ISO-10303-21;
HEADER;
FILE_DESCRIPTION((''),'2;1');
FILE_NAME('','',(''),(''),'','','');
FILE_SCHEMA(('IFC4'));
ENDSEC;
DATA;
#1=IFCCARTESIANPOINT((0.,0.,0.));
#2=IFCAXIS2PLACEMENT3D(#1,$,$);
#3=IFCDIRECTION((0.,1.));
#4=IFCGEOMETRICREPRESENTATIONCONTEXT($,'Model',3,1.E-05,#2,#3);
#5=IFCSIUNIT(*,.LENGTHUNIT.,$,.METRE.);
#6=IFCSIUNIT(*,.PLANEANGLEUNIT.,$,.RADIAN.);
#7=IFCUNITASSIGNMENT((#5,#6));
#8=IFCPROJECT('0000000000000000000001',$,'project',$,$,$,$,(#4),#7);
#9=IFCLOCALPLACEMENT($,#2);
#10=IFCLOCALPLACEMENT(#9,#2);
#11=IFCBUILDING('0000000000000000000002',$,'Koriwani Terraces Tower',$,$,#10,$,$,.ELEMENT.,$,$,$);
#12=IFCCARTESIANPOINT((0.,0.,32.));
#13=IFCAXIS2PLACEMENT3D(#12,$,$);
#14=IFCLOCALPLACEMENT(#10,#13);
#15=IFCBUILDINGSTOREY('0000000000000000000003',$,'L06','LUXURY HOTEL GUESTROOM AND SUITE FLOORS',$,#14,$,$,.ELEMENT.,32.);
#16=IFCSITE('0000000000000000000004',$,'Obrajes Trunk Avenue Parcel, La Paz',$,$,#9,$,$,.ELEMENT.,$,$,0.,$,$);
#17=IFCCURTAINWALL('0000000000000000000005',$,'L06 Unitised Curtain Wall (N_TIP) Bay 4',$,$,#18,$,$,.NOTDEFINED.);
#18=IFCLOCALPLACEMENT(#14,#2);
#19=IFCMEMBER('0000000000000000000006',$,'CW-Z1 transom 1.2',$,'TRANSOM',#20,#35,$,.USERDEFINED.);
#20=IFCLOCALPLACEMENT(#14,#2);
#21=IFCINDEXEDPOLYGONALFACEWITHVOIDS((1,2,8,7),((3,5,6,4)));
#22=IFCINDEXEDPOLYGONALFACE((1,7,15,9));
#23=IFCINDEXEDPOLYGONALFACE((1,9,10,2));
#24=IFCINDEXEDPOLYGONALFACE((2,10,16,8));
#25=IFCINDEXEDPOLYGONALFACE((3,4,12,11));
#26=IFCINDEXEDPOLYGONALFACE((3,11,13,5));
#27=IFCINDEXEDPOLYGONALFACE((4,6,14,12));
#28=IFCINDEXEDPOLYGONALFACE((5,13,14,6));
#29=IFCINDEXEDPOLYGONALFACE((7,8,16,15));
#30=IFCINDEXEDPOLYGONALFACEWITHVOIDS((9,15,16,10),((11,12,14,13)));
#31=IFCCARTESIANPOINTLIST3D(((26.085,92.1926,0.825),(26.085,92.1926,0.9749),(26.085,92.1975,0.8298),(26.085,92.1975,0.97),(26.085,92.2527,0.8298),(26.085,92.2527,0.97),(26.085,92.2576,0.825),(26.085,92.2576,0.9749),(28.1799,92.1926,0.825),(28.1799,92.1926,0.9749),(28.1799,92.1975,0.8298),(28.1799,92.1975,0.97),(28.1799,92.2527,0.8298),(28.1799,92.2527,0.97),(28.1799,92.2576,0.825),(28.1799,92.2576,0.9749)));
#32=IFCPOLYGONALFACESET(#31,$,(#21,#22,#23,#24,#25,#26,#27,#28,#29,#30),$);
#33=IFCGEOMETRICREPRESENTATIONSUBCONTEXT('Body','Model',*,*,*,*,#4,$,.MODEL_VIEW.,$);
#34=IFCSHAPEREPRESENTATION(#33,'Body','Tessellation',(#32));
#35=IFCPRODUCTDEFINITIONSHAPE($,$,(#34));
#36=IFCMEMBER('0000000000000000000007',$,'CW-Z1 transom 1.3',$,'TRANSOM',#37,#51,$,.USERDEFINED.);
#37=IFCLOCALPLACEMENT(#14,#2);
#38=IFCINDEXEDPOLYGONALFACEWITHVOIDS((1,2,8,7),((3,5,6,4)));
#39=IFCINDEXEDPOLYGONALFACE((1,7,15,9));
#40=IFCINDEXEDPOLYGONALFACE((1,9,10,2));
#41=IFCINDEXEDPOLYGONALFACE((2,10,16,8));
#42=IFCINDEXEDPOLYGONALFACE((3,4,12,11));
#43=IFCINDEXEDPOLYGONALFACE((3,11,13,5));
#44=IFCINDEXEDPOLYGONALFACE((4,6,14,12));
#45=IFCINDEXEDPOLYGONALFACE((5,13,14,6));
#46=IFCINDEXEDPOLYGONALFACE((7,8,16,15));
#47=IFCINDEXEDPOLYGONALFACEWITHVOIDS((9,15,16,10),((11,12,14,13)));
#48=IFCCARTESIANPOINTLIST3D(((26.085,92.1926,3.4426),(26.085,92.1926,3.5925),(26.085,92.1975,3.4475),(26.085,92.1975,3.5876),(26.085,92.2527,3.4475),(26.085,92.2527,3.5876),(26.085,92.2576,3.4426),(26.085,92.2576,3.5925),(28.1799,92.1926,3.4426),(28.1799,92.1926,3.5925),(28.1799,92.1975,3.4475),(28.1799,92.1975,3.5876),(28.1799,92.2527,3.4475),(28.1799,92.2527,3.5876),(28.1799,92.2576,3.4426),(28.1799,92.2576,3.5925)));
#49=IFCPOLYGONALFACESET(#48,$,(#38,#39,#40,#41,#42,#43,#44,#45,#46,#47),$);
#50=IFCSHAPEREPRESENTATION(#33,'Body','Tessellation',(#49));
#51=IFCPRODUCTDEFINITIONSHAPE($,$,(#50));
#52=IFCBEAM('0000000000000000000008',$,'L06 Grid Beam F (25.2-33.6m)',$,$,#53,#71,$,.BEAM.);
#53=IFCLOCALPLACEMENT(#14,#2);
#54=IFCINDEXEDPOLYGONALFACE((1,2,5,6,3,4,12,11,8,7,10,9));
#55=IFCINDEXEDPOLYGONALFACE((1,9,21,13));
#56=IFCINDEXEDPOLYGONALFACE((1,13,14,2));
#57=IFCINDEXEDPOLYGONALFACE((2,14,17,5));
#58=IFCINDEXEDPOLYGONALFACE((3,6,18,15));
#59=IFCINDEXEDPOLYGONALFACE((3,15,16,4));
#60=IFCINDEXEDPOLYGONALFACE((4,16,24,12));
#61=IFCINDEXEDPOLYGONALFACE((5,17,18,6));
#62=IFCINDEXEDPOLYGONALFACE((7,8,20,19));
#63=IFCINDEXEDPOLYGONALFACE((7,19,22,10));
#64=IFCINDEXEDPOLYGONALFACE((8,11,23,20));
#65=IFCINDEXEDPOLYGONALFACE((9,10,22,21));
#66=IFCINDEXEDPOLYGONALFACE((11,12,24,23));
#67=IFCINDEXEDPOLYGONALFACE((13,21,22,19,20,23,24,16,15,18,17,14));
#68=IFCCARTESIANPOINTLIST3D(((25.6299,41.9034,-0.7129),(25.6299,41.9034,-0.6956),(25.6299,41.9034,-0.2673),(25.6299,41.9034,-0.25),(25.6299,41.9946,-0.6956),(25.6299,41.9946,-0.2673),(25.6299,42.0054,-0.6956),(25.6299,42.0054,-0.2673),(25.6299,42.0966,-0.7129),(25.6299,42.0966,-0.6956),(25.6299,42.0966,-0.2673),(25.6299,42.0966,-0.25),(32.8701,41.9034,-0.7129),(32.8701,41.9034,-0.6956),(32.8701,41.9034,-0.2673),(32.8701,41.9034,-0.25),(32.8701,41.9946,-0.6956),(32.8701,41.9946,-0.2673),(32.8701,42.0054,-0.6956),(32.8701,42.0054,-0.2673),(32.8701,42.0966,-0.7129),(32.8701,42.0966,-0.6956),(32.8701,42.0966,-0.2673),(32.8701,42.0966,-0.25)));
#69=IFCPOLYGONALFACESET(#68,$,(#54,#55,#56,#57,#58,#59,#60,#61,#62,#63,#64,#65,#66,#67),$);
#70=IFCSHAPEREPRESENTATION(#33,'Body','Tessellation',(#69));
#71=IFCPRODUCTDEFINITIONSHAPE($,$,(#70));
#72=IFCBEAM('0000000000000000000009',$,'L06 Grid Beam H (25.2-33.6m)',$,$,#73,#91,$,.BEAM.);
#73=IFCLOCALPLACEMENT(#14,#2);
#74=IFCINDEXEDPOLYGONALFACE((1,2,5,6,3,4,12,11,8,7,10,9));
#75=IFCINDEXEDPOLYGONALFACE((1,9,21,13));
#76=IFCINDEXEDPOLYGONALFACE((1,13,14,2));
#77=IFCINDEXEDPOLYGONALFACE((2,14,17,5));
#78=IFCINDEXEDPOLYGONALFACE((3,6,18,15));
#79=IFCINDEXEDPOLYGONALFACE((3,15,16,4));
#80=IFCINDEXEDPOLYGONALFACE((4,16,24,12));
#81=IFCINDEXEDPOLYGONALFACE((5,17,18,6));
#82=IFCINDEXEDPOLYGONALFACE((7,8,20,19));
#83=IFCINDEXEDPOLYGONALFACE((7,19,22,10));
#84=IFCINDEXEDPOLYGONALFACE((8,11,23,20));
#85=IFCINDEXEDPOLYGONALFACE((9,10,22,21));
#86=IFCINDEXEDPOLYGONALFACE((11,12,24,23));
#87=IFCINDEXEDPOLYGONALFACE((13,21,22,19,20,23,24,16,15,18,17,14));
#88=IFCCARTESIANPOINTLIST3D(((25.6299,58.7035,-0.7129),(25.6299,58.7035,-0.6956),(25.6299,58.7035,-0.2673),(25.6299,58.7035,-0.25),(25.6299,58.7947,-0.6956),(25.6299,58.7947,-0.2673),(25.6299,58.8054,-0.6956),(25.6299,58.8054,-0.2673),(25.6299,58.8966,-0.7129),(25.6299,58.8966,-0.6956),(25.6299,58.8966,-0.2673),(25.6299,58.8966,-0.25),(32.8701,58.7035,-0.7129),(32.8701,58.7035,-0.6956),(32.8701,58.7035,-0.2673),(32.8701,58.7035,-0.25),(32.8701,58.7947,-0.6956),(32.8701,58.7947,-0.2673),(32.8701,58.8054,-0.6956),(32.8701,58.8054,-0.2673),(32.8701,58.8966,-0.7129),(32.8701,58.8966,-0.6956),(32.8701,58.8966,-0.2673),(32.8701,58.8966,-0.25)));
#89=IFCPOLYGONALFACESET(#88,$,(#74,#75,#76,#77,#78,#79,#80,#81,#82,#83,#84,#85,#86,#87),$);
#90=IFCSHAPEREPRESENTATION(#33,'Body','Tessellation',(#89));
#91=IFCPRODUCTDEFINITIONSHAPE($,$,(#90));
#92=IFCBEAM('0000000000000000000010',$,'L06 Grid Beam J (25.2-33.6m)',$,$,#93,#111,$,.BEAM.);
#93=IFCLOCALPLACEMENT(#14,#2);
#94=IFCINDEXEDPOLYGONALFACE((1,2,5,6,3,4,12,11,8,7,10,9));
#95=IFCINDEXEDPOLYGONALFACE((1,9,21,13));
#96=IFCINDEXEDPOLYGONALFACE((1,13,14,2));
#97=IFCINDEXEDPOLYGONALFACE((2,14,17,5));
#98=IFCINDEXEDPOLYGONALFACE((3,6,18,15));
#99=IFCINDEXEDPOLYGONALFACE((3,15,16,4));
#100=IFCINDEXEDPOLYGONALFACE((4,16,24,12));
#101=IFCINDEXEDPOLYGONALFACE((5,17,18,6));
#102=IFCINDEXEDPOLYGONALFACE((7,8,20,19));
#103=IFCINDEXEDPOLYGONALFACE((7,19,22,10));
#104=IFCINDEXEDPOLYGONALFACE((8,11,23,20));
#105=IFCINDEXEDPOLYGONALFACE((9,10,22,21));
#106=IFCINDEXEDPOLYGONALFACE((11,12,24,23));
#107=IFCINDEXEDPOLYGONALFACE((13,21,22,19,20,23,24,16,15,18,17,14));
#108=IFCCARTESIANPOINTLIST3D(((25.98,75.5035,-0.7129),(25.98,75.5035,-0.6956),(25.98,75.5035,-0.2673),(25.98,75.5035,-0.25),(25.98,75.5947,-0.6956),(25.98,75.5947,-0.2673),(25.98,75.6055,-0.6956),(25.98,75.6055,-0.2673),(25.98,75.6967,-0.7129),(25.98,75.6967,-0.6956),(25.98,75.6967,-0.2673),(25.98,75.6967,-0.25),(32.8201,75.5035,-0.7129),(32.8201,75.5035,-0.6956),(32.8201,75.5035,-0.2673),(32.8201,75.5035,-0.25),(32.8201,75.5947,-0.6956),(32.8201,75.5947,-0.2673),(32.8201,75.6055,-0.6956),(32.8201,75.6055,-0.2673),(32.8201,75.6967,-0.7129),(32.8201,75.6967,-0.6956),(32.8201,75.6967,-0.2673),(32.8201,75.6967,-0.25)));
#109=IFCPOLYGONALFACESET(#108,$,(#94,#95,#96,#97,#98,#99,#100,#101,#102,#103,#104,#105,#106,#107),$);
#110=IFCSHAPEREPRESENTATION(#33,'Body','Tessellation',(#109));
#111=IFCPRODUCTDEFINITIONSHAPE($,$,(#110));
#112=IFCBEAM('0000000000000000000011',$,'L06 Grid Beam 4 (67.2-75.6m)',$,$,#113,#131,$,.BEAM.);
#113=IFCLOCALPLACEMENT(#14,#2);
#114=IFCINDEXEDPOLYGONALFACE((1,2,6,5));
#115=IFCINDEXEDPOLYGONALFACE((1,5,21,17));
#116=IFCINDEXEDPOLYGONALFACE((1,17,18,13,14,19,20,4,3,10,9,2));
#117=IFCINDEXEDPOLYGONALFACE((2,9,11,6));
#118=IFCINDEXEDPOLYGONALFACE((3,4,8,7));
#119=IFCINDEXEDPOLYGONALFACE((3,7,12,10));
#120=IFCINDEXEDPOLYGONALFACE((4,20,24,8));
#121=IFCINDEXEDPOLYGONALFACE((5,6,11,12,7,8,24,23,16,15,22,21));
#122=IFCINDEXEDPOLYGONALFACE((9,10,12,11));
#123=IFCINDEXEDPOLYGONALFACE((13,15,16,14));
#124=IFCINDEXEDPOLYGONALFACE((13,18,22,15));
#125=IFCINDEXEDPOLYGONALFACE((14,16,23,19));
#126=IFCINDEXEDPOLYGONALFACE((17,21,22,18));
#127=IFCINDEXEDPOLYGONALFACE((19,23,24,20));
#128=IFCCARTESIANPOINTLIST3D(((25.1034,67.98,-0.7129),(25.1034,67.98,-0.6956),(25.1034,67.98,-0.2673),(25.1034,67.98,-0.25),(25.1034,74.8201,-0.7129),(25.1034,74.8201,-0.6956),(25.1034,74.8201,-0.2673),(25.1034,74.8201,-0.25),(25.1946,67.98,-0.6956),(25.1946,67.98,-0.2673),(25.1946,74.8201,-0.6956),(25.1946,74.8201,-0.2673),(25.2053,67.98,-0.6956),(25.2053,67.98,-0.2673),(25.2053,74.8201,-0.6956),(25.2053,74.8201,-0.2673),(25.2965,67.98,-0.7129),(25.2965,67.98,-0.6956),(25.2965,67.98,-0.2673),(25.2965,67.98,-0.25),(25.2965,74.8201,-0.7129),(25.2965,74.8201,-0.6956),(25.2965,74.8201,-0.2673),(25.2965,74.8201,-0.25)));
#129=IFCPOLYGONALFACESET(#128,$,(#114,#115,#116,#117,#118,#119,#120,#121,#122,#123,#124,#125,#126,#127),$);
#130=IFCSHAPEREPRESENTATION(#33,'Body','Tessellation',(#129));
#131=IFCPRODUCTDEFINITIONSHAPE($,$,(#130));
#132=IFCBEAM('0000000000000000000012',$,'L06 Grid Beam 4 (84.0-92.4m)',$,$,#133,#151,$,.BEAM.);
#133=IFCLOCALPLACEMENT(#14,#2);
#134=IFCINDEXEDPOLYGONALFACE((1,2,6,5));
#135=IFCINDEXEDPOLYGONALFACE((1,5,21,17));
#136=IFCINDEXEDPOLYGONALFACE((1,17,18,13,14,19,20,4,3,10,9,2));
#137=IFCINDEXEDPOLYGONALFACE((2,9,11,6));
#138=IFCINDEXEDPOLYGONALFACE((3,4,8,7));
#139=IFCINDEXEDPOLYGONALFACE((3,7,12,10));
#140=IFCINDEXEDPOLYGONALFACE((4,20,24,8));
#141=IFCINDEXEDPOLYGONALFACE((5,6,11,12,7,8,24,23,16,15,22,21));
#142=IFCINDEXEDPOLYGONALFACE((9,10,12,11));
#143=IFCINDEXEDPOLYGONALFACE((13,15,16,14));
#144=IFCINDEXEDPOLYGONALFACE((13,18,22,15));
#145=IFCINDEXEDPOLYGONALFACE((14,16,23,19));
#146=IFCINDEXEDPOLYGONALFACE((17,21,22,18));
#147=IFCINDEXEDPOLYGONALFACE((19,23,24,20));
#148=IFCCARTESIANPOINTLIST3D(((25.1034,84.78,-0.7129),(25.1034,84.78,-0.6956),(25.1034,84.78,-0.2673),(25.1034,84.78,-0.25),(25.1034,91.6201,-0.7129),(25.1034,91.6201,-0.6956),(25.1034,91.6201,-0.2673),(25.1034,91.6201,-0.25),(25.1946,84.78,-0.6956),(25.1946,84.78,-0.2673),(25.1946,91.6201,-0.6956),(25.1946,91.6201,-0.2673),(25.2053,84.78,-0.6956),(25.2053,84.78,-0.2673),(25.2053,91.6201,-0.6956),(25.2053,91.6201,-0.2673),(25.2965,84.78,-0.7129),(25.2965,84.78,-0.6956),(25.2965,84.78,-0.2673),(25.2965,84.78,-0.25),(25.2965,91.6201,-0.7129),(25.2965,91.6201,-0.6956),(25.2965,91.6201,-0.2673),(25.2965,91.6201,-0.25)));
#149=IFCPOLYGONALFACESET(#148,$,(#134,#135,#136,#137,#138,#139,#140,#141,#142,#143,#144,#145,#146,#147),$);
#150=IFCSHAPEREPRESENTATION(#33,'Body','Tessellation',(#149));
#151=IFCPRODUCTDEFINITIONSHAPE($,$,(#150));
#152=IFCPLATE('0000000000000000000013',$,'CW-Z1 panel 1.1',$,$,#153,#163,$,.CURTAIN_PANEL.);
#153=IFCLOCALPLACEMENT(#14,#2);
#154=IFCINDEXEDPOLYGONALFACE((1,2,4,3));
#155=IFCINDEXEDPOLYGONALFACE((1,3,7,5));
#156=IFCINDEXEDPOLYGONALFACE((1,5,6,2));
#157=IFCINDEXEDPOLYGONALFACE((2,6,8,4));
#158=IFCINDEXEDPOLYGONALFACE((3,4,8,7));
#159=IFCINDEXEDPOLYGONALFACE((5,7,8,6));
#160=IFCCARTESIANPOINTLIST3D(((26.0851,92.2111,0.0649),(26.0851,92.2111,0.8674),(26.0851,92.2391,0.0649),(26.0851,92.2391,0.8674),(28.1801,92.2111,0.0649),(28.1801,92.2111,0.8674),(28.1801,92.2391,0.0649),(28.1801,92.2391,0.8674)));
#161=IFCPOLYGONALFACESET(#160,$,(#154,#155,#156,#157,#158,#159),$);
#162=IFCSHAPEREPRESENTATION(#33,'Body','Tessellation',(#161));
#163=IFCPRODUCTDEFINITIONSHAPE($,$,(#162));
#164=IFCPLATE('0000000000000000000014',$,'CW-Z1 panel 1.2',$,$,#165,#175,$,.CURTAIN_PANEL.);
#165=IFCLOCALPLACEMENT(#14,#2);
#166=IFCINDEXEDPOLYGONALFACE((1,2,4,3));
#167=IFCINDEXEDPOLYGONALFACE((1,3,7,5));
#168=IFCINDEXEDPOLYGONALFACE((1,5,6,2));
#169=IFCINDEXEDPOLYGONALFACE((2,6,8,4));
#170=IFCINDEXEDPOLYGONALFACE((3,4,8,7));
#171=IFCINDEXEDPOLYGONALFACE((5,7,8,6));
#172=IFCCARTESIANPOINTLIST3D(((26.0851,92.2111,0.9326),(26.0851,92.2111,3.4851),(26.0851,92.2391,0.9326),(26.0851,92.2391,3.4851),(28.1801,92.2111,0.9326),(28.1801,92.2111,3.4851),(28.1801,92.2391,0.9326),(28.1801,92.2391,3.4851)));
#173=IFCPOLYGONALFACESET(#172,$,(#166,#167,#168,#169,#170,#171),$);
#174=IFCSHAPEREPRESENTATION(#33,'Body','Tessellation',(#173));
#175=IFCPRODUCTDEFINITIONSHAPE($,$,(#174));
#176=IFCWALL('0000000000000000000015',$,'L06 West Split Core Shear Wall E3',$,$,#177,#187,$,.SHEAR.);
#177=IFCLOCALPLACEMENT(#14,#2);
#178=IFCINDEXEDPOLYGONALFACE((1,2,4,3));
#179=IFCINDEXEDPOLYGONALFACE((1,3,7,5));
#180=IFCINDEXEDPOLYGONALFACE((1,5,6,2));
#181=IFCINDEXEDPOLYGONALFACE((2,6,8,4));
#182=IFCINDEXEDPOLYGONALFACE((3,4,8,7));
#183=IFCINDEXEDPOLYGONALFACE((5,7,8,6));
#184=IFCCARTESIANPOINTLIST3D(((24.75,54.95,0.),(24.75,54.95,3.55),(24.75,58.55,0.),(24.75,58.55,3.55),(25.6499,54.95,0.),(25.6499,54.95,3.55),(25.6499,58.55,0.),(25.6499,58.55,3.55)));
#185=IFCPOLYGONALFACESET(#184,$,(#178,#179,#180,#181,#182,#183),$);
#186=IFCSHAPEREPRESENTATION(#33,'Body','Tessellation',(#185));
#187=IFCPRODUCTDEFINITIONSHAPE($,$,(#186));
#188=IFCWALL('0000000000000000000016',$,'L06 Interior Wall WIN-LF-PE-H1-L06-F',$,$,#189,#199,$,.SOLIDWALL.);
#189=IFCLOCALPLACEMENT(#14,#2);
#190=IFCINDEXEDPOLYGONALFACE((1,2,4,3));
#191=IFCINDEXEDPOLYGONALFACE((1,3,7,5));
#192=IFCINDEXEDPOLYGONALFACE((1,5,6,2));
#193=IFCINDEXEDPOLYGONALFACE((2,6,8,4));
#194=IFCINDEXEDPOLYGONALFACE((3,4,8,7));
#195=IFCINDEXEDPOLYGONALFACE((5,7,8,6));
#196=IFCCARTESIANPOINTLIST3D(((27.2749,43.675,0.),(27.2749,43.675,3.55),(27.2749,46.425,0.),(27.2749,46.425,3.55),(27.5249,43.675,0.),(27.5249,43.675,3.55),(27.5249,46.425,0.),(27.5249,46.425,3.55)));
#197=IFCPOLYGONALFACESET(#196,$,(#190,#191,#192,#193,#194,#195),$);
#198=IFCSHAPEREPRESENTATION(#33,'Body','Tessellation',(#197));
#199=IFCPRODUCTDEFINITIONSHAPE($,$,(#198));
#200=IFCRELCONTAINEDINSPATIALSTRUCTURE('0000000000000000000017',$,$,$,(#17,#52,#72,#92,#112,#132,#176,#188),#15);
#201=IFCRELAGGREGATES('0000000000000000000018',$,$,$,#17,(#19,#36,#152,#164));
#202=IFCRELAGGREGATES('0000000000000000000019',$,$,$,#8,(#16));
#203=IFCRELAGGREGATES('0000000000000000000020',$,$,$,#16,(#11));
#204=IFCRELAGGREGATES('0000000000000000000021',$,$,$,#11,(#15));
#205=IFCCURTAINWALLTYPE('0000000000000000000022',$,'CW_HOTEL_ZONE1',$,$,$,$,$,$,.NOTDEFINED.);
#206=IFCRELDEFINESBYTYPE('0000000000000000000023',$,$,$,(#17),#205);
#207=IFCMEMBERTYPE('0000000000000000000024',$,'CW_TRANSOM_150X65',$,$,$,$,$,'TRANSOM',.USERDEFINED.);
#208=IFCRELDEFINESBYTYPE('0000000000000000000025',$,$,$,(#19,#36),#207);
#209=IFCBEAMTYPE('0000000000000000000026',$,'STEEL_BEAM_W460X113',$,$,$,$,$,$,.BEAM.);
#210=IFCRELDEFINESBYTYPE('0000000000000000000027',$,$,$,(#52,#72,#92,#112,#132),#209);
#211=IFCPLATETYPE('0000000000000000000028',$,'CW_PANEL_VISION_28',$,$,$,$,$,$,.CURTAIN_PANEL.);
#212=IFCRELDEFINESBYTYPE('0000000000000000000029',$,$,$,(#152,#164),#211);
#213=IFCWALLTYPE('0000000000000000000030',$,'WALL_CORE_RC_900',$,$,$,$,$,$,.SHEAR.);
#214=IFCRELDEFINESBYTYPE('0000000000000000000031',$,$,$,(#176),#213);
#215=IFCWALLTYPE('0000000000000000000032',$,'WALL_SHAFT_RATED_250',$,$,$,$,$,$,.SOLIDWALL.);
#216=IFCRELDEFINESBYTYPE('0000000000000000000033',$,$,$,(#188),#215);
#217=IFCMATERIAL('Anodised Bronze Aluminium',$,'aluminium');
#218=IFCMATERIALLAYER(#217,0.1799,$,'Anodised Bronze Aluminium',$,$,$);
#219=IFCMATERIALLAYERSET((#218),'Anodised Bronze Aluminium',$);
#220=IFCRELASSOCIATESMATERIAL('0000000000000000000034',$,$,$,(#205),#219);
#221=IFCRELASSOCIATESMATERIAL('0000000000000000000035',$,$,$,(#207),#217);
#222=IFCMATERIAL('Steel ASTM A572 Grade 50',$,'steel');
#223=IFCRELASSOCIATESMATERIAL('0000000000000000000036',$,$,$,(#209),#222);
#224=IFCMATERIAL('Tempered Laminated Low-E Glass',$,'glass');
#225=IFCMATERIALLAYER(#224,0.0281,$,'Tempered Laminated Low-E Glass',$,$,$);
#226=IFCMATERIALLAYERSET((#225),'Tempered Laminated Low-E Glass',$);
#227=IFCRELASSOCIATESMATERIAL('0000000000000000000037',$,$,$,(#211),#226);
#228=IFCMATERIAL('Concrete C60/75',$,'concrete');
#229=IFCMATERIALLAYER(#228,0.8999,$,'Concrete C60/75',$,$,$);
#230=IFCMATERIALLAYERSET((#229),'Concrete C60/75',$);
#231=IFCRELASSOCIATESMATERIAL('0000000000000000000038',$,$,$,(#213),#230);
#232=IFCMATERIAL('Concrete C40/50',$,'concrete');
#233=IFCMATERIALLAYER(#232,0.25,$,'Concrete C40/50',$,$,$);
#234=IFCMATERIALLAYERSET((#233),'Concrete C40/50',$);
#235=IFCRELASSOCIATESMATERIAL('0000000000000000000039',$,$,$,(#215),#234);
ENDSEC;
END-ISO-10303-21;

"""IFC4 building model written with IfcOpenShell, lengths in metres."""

from ifc_helpers import new_model, si_unit, direction, frame, frame_2d, origin, origin_2d, place, context, subcontext, project, spatial, rectangle, hollow_rectangle, i_section, extrude, material, layer, layer_set, material_profile, profile_set, type_object, element, aggregate, save


model = new_model("IFC4")

# Units and contexts
model_context = context("Model", 3, precision=1e-05, world=origin(), true_north=direction((0.0, 1.0)))
body_context = subcontext(model_context, "Body", "Model", "MODEL_VIEW")
ifc_project = project(units=[si_unit("LENGTHUNIT", "METRE"), si_unit("PLANEANGLEUNIT", "RADIAN")], contexts=[model_context])

# Site, building, storey
site_placement = place(None, origin())
site = spatial("IfcSite", under=ifc_project, at=site_placement, Name="Obrajes Trunk Avenue Parcel, La Paz", CompositionType="ELEMENT", RefElevation=0.0)
building_placement = place(site_placement, origin())
building = spatial("IfcBuilding", under=site, at=building_placement, Name="Koriwani Terraces Tower", CompositionType="ELEMENT")
storey_placement = place(building_placement, frame((0.0, 0.0, 32.0)))
storey = spatial("IfcBuildingStorey", under=building, at=storey_placement, Name="L06", Description="LUXURY HOTEL GUESTROOM AND SUITE FLOORS", CompositionType="ELEMENT", Elevation=32.0)

# Shared definitions
ifc_material_1 = material(Name="Concrete C60/75", Category="concrete")

# Curtain wall, members
ifc_material_2 = material(Name="Anodised Bronze Aluminium", Category="aluminium")
ifc_layer_1 = layer(ifc_material_2, 0.1799, Name="Anodised Bronze Aluminium")
ifc_layer_set_1 = layer_set([ifc_layer_1], Name="Anodised Bronze Aluminium")
curtain_wall_type = type_object("IfcCurtainWallType", Name="CW_HOTEL_ZONE1", PredefinedType="NOTDEFINED", material=ifc_layer_set_1)
curtain_wall_placement = place(storey_placement, origin())
curtain_wall = element("IfcCurtainWall", 1, at=curtain_wall_placement, inside=storey, type_object=curtain_wall_type, Name="L06 Unitised Curtain Wall (N_TIP) Bay 4", PredefinedType="NOTDEFINED")
ifc_material_profile_1 = material_profile(ifc_material_2, hollow_rectangle(XDim=0.0649, YDim=0.1499, WallThickness=0.0049, at=origin_2d()), Name="Anodised Bronze Aluminium", Category="LoadBearing")
ifc_profile_set_1 = profile_set([ifc_material_profile_1], Name="Anodised Bronze Aluminium")
member_type_1 = type_object("IfcMemberType", Name="CW_TRANSOM_150X65", ElementType="TRANSOM", PredefinedType="USERDEFINED", material=ifc_profile_set_1)
member_1_placement = place(storey_placement, frame((26.085, 92.2251, 0.8999), z_axis=(1.0, 0.0, 0.0), x_axis=(0.0, 1.0, 0.0)))
member_1 = element("IfcMember", 2, at=member_1_placement, type_object=member_type_1, Name="CW-Z1 transom 1.2", ObjectType="TRANSOM", PredefinedType="USERDEFINED", context=body_context, shape_type="SweptSolid", body=[
    extrude(hollow_rectangle(XDim=0.0649, YDim=0.1499, WallThickness=0.0049, at=origin_2d()), origin(), (0.0, 0.0, 1.0), 2.095),
])
member_2_placement = place(storey_placement, frame((26.085, 92.2251, 3.5176), z_axis=(1.0, 0.0, 0.0), x_axis=(0.0, 1.0, 0.0)))
member_2 = element("IfcMember", 3, at=member_2_placement, type_object=member_type_1, Name="CW-Z1 transom 1.3", ObjectType="TRANSOM", PredefinedType="USERDEFINED", context=body_context, shape_type="SweptSolid", body=[
    extrude(hollow_rectangle(XDim=0.0649, YDim=0.1499, WallThickness=0.0049, at=origin_2d()), origin(), (0.0, 0.0, 1.0), 2.095),
])

# Beams
ifc_material_3 = material(Name="Steel ASTM A572 Grade 50", Category="steel")
ifc_material_profile_2 = material_profile(ifc_material_3, i_section(OverallWidth=0.1931, OverallDepth=0.4629, WebThickness=0.0107, FlangeThickness=0.0173, at=origin_2d()), Name="Steel ASTM A572 Grade 50", Category="LoadBearing")
ifc_profile_set_2 = profile_set([ifc_material_profile_2], Name="Steel ASTM A572 Grade 50")
beam_type_1 = type_object("IfcBeamType", Name="STEEL_BEAM_W460X113", PredefinedType="BEAM", material=ifc_profile_set_2)
for number, where, z_axis, x_axis, name in (
    (4, (25.6299, 42.0, -0.4814), (1.0, 0.0, 0.0), (0.0, 1.0, 0.0), "L06 Grid Beam F (25.2-33.6m)"),
    (5, (25.6299, 58.8, -0.4814), (1.0, 0.0, 0.0), (0.0, 1.0, 0.0), "L06 Grid Beam H (25.2-33.6m)"),
):
    element("IfcBeam", number, at=place(storey_placement, frame(where, z_axis=z_axis, x_axis=x_axis)), inside=storey, type_object=beam_type_1, Name=name, PredefinedType="BEAM", context=body_context, shape_type="SweptSolid", body=[
        extrude(i_section(OverallWidth=0.1931, OverallDepth=0.4629, WebThickness=0.0107, FlangeThickness=0.0173, at=origin_2d()), origin(), (0.0, 0.0, 1.0), 7.2402),
    ])
for number, where, z_axis, x_axis, name in (
    (6, (25.98, 75.6001, -0.4814), (1.0, 0.0, 0.0), (0.0, 1.0, 0.0), "L06 Grid Beam J (25.2-33.6m)"),
    (7, (25.2, 67.98, -0.4814), (0.0, 1.0, 0.0), (-1.0, 0.0, 0.0), "L06 Grid Beam 4 (67.2-75.6m)"),
    (8, (25.2, 84.78, -0.4814), (0.0, 1.0, 0.0), (-1.0, 0.0, 0.0), "L06 Grid Beam 4 (84.0-92.4m)"),
):
    element("IfcBeam", number, at=place(storey_placement, frame(where, z_axis=z_axis, x_axis=x_axis)), inside=storey, type_object=beam_type_1, Name=name, PredefinedType="BEAM", context=body_context, shape_type="SweptSolid", body=[
        extrude(i_section(OverallWidth=0.1931, OverallDepth=0.4629, WebThickness=0.0107, FlangeThickness=0.0173, at=origin_2d()), origin(), (0.0, 0.0, 1.0), 6.8401),
    ])

# Plates
ifc_material_4 = material(Name="Tempered Laminated Low-E Glass", Category="glass")
ifc_layer_2 = layer(ifc_material_4, 0.0281, Name="Tempered Laminated Low-E Glass")
ifc_layer_set_2 = layer_set([ifc_layer_2], Name="Tempered Laminated Low-E Glass")
plate_type = type_object("IfcPlateType", Name="CW_PANEL_VISION_28", PredefinedType="CURTAIN_PANEL", material=ifc_layer_set_2)
plate_1_placement = place(storey_placement, frame((27.1326, 92.2251, 0.0649), z_axis=(0.0, 0.0, 1.0), x_axis=(1.0, 0.0, 0.0)))
plate_1 = element("IfcPlate", 9, at=plate_1_placement, type_object=plate_type, Name="CW-Z1 panel 1.1", PredefinedType="CURTAIN_PANEL", context=body_context, shape_type="SweptSolid", body=[
    extrude(rectangle(XDim=2.095, YDim=0.0281, at=origin_2d()), origin(), (0.0, 0.0, 1.0), 0.8025),
])
plate_2_placement = place(storey_placement, frame((27.1326, 92.2251, 0.9326), z_axis=(0.0, 0.0, 1.0), x_axis=(1.0, 0.0, 0.0)))
plate_2 = element("IfcPlate", 10, at=plate_2_placement, type_object=plate_type, Name="CW-Z1 panel 1.2", PredefinedType="CURTAIN_PANEL", context=body_context, shape_type="SweptSolid", body=[
    extrude(rectangle(XDim=2.095, YDim=0.0281, at=origin_2d()), origin(), (0.0, 0.0, 1.0), 2.5525),
])
aggregate(curtain_wall, [member_1, member_2, plate_1, plate_2])

# Wall
ifc_layer_3 = layer(ifc_material_1, 0.8999, Name="Concrete C60/75")
ifc_layer_set_3 = layer_set([ifc_layer_3], Name="Concrete C60/75")
wall_type_1 = type_object("IfcWallType", Name="WALL_CORE_RC_900", PredefinedType="SHEAR", material=ifc_layer_set_3)
wall_1_placement = place(storey_placement, frame((25.2, 54.95, 0.0), z_axis=(0.0, 0.0, 1.0), x_axis=(0.0, 1.0, 0.0)))
element("IfcWall", 11, at=wall_1_placement, inside=storey, type_object=wall_type_1, Name="L06 West Split Core Shear Wall E3", PredefinedType="SHEAR", context=body_context, shape_type="SweptSolid", body=[
    extrude(rectangle(XDim=3.6001, YDim=0.8999, at=frame_2d((1.8, 0.0))), origin(), (0.0, 0.0, 1.0), 3.55),
])

# Shared definitions
ifc_material_5 = material(Name="Concrete C40/50", Category="concrete")
ifc_layer_4 = layer(ifc_material_5, 0.25, Name="Concrete C40/50")
ifc_layer_set_4 = layer_set([ifc_layer_4], Name="Concrete C40/50")
wall_type_2 = type_object("IfcWallType", Name="WALL_SHAFT_RATED_250", PredefinedType="SOLIDWALL", material=ifc_layer_set_4)

# Wall
wall_2_placement = place(storey_placement, frame((27.3999, 43.675, 0.0), z_axis=(0.0, 0.0, 1.0), x_axis=(0.0, 1.0, 0.0)))
element("IfcWall", 12, at=wall_2_placement, inside=storey, type_object=wall_type_2, Name="L06 Interior Wall WIN-LF-PE-H1-L06-F", PredefinedType="SOLIDWALL", context=body_context, shape_type="SweptSolid", body=[
    extrude(rectangle(XDim=2.75, YDim=0.25, at=frame_2d((1.375, 0.0))), origin(), (0.0, 0.0, 1.0), 3.55),
])

save(model, "model.ifc")
